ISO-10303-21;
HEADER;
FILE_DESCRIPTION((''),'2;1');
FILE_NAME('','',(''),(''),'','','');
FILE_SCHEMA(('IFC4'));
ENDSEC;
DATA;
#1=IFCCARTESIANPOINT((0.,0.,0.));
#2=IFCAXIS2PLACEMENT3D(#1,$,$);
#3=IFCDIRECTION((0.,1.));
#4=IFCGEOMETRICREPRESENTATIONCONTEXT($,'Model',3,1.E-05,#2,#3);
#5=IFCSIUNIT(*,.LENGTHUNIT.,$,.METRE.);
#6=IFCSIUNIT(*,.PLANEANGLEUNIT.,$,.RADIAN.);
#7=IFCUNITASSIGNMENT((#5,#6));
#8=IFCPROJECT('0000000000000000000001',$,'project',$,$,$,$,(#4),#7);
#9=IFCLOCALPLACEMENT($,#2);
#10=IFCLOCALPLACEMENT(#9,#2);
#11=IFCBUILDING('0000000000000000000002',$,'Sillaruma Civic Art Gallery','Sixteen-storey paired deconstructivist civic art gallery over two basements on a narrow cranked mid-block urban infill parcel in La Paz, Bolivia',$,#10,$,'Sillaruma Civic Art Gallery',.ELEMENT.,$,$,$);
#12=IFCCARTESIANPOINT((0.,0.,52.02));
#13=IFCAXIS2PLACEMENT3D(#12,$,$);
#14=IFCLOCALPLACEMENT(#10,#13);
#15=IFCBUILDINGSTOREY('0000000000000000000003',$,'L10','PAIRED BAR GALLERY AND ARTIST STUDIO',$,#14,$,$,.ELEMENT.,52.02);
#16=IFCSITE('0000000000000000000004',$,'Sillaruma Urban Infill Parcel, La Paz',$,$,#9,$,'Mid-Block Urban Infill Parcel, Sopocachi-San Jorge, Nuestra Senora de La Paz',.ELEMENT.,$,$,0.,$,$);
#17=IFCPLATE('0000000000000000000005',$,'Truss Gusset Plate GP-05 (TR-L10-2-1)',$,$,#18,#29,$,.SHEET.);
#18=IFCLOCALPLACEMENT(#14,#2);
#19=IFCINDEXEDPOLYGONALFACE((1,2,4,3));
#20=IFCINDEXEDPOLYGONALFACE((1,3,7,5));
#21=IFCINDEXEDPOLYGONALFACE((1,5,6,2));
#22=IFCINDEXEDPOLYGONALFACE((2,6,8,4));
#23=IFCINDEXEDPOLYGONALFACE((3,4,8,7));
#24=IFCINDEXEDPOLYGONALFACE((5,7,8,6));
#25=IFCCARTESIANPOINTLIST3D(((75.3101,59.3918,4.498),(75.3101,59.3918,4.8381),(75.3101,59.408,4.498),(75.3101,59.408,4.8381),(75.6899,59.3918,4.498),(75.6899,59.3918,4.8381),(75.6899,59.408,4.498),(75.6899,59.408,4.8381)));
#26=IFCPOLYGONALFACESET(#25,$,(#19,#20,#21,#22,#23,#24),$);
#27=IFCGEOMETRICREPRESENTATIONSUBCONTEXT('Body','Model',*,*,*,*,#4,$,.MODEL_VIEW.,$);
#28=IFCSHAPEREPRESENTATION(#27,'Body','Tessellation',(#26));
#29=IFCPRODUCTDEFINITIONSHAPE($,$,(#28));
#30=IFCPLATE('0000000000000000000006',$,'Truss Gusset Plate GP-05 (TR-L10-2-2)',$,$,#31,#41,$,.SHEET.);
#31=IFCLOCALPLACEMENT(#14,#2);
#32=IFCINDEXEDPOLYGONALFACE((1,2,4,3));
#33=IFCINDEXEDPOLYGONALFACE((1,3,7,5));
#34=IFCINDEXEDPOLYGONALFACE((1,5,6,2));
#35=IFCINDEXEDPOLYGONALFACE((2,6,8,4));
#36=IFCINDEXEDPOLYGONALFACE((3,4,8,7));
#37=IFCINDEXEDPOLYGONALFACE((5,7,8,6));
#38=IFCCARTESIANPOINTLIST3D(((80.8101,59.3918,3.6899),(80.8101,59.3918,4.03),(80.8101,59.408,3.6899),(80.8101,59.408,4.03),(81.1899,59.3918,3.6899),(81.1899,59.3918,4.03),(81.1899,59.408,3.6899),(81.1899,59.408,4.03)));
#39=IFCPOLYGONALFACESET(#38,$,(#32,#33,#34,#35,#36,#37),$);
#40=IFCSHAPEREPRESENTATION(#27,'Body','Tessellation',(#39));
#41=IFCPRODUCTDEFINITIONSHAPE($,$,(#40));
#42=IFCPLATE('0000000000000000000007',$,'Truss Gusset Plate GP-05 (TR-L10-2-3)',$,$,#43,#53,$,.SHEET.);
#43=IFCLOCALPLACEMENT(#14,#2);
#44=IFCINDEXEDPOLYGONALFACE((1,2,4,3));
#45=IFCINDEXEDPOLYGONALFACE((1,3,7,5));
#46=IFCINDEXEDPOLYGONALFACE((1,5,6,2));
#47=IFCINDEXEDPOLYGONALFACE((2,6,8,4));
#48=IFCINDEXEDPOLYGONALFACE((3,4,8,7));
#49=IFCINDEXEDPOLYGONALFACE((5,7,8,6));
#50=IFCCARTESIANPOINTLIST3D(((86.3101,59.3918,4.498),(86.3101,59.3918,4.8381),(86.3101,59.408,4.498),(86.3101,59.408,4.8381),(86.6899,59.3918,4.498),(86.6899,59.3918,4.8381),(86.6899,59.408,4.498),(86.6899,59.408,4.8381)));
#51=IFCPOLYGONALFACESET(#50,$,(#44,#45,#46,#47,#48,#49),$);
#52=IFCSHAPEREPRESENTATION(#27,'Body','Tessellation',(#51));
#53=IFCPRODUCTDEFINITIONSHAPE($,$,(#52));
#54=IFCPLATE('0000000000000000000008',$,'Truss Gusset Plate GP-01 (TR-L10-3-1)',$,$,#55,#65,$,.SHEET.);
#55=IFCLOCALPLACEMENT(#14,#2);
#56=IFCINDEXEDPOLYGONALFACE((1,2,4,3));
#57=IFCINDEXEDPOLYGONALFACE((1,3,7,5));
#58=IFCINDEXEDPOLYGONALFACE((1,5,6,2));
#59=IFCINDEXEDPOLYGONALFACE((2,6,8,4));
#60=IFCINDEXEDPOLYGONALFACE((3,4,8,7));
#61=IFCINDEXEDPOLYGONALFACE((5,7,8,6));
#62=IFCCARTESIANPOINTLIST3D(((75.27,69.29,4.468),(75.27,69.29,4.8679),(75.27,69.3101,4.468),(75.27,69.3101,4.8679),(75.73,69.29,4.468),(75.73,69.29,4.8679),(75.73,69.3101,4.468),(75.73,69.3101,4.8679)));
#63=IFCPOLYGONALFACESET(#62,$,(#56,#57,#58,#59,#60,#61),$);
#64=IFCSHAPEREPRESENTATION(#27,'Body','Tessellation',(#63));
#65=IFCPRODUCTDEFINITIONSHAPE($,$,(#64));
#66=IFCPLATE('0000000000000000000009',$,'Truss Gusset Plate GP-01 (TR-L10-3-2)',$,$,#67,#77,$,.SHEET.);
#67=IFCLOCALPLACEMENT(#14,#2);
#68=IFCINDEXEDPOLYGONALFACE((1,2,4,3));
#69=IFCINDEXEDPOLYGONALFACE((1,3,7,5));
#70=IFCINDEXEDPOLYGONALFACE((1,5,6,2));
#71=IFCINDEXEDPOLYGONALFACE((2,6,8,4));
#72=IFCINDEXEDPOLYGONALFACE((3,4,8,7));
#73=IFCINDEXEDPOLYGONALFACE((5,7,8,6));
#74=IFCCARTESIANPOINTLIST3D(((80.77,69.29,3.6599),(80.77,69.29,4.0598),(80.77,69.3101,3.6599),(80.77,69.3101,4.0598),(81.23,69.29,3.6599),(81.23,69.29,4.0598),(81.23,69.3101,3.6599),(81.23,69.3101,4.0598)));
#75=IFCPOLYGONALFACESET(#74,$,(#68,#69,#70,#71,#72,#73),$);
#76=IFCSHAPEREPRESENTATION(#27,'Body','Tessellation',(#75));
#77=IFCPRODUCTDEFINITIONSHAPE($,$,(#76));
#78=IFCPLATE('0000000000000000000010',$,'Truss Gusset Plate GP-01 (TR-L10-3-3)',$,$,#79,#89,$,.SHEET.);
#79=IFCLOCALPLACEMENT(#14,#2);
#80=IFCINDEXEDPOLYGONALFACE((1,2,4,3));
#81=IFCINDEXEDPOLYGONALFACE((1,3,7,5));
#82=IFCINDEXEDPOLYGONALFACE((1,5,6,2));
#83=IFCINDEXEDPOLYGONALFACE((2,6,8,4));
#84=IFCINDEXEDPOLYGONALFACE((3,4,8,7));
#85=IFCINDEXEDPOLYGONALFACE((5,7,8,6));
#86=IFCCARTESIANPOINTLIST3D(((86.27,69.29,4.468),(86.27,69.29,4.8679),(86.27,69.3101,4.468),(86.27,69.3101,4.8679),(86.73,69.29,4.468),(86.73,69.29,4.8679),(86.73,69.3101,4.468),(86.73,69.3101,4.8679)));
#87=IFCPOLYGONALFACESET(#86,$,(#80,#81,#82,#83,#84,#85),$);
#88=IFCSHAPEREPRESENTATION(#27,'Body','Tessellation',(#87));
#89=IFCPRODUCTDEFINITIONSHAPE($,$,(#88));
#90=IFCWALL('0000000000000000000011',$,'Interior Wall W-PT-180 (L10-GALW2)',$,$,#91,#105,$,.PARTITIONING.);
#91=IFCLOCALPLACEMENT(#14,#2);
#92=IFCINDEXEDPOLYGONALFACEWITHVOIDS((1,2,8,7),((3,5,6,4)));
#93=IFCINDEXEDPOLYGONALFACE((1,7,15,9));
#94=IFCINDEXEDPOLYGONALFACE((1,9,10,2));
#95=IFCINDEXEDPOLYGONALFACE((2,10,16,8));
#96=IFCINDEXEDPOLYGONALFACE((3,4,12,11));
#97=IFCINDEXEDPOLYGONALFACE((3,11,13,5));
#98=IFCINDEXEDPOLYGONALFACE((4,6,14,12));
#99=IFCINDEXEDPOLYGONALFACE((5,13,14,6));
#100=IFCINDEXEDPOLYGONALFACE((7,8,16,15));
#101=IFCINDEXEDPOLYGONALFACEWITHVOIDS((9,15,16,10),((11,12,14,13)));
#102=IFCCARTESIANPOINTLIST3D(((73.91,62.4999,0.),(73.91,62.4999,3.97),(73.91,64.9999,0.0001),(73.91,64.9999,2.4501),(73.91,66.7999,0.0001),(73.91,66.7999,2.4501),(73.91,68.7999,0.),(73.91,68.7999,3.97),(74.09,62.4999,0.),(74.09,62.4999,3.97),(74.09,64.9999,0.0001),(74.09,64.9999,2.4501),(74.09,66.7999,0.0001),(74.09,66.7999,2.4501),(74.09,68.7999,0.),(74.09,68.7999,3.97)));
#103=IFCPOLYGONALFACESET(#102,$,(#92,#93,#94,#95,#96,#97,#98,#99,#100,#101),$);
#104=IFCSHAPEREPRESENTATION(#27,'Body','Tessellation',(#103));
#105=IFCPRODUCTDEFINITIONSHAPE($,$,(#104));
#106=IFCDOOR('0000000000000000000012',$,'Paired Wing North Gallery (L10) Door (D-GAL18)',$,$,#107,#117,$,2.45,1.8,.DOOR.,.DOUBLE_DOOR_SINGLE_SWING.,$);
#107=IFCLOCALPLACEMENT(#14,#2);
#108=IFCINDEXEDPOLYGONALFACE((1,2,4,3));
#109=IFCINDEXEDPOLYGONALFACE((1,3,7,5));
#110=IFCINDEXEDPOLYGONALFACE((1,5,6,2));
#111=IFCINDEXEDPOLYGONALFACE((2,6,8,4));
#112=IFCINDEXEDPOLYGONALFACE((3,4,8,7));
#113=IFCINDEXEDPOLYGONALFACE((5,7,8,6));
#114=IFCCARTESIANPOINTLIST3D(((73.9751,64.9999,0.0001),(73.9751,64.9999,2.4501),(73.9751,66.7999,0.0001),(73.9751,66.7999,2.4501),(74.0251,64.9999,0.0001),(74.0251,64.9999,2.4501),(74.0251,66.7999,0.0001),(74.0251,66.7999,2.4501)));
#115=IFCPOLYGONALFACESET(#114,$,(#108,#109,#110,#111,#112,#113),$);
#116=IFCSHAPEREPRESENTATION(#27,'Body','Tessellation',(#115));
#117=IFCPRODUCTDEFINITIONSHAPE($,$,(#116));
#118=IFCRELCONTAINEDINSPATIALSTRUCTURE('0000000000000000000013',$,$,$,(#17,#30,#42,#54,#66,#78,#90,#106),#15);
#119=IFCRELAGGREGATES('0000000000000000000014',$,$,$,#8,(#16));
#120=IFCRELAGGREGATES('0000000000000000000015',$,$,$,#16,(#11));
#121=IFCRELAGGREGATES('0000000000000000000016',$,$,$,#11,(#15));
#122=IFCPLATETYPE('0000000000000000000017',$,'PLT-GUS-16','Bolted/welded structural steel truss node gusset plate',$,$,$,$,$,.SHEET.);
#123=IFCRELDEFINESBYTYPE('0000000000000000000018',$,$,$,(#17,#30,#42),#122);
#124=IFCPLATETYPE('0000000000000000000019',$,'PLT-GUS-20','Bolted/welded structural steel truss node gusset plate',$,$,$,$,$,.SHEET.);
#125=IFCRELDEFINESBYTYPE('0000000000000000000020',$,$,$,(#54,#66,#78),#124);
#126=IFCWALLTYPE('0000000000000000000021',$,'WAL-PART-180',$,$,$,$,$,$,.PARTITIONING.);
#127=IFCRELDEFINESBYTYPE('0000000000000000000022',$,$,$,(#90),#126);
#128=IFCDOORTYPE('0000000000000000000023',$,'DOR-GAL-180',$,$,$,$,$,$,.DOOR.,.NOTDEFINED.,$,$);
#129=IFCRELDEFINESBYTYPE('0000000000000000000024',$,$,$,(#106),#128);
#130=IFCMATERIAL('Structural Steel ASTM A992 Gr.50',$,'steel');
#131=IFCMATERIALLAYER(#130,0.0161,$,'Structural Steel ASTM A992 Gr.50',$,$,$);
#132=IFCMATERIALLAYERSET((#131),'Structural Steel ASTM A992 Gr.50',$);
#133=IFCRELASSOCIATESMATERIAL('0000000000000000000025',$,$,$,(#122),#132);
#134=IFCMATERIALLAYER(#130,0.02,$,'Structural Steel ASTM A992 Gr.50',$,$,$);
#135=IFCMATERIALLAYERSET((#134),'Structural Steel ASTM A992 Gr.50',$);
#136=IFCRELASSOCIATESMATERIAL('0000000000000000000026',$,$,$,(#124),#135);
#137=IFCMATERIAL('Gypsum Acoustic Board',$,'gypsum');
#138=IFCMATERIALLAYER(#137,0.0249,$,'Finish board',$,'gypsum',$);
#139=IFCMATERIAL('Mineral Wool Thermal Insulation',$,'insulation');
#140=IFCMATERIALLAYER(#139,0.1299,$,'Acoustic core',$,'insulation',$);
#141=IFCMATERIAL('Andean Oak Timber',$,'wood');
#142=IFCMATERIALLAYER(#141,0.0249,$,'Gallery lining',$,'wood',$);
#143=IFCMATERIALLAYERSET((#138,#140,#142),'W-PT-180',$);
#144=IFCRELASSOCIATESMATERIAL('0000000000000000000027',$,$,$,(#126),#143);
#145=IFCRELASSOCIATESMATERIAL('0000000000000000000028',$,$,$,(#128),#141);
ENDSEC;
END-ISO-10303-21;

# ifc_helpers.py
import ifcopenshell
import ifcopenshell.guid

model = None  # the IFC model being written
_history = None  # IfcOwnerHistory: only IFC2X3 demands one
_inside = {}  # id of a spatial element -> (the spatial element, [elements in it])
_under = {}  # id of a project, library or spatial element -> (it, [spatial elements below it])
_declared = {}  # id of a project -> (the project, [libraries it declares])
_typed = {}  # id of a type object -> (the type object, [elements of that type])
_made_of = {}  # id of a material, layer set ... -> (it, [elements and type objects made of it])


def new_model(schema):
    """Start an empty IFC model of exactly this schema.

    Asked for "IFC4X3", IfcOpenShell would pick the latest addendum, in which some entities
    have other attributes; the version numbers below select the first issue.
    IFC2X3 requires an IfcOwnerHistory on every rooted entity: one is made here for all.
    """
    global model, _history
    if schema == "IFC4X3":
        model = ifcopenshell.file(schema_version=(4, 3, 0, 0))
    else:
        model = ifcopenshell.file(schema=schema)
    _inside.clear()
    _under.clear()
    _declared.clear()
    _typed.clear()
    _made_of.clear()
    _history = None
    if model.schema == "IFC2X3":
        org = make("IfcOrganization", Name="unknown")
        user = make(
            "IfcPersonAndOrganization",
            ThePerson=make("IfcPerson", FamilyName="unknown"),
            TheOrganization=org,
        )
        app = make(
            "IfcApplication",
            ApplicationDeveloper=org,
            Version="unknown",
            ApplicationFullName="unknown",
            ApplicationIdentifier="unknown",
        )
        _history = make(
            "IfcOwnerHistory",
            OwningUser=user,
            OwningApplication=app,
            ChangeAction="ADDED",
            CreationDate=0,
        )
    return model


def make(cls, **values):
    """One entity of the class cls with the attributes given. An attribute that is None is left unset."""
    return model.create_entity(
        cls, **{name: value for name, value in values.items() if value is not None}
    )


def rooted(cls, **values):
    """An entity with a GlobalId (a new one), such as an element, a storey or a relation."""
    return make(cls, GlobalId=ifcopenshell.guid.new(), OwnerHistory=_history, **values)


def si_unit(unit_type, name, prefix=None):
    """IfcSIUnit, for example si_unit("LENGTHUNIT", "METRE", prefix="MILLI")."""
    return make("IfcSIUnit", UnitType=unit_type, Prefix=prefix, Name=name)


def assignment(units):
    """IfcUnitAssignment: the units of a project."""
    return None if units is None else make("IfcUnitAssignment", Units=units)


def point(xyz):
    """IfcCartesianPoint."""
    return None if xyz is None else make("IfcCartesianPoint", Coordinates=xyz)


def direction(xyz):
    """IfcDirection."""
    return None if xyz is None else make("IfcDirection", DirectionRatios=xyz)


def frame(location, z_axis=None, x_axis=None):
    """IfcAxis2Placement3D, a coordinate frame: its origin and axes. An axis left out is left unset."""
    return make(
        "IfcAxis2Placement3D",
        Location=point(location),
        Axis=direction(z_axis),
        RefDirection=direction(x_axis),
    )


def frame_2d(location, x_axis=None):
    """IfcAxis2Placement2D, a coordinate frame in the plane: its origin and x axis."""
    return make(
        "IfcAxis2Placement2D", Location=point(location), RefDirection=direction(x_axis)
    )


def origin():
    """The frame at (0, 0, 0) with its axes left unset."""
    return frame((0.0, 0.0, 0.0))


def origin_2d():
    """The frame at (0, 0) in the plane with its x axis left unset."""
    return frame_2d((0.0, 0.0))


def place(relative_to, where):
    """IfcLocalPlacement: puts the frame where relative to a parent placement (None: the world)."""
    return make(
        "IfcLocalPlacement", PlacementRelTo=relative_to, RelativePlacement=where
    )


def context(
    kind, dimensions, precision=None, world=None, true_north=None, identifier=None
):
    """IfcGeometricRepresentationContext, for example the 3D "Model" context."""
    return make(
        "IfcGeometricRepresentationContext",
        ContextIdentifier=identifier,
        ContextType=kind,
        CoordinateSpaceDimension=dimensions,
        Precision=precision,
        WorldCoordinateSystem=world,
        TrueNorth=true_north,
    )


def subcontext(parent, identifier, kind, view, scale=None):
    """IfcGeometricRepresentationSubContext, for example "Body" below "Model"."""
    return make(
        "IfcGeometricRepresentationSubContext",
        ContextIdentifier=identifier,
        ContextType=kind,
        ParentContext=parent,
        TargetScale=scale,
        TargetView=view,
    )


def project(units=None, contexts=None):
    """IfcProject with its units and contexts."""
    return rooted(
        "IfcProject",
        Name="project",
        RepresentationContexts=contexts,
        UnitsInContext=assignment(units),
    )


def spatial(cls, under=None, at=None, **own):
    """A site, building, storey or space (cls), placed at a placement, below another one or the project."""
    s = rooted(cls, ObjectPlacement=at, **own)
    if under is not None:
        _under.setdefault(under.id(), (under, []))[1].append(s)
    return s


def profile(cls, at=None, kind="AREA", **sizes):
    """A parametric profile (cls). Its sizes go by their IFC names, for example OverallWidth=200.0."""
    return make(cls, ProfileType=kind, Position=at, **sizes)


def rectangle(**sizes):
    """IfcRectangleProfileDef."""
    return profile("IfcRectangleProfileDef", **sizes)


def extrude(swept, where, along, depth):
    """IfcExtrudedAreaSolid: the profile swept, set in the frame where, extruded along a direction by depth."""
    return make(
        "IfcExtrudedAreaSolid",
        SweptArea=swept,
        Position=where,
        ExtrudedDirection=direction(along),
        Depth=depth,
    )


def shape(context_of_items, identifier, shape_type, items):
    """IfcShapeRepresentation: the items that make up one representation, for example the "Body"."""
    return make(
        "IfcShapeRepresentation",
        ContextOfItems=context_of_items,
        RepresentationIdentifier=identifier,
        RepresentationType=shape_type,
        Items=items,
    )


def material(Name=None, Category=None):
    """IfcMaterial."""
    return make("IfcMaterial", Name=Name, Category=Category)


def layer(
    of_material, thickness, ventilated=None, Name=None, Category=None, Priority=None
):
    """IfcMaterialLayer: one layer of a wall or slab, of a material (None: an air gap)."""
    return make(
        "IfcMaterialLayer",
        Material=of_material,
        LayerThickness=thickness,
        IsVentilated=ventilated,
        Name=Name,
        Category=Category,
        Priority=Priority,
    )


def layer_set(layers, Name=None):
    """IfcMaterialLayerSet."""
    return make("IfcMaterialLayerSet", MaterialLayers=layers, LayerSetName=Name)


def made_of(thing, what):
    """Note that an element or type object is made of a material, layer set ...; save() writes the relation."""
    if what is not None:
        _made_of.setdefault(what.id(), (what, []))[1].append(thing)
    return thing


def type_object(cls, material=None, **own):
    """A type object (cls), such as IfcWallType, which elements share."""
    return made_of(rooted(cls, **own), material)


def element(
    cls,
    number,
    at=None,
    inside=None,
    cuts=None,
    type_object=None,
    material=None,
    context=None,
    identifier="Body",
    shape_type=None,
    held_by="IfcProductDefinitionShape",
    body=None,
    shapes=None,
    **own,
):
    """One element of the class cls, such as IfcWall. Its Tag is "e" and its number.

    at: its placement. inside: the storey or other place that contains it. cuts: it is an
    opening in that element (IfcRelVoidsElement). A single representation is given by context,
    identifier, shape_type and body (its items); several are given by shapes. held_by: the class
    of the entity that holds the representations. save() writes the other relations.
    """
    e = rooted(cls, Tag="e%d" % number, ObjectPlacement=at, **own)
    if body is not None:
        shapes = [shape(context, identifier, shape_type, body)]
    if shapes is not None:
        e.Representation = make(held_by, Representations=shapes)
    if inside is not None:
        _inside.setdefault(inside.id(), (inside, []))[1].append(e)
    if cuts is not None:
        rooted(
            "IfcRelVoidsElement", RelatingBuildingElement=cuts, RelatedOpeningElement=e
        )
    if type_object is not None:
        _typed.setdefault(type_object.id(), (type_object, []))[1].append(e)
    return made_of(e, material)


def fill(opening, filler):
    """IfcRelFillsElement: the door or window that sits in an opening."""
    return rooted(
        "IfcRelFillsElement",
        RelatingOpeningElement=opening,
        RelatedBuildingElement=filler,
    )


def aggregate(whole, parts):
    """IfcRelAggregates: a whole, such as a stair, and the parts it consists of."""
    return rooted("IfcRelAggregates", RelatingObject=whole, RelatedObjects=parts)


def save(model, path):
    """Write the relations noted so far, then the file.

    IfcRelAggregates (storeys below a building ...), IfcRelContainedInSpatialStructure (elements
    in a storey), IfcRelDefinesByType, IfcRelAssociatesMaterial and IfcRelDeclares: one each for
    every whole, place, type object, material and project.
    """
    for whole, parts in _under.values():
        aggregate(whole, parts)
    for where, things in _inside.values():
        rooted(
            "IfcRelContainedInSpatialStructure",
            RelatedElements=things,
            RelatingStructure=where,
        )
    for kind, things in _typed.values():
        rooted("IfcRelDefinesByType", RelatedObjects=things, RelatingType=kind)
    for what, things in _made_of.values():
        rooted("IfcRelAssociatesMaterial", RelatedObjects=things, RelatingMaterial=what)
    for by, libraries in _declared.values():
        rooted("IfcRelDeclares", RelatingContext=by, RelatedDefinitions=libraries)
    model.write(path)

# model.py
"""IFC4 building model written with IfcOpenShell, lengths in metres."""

from ifc_helpers import new_model, si_unit, direction, frame, frame_2d, origin, origin_2d, place, context, subcontext, project, spatial, rectangle, extrude, material, layer, layer_set, type_object, element, fill, save


model = new_model("IFC4")

# Units and contexts
model_context = context("Model", 3, precision=1e-05, world=origin(), true_north=direction((0.0, 1.0)))
body_context = subcontext(model_context, "Body", "Model", "MODEL_VIEW")
ifc_project = project(units=[si_unit("LENGTHUNIT", "METRE"), si_unit("PLANEANGLEUNIT", "RADIAN")], contexts=[model_context])

# Site, building, storey
site_placement = place(None, origin())
site = spatial("IfcSite", under=ifc_project, at=site_placement, Name="Sillaruma Urban Infill Parcel, La Paz", LongName="Mid-Block Urban Infill Parcel, Sopocachi-San Jorge, Nuestra Senora de La Paz", CompositionType="ELEMENT", RefElevation=0.0)
building_placement = place(site_placement, origin())
building = spatial("IfcBuilding", under=site, at=building_placement, Name="Sillaruma Civic Art Gallery", Description="Sixteen-storey paired deconstructivist civic art gallery over two basements on a narrow cranked mid-block urban infill parcel in La Paz, Bolivia", LongName="Sillaruma Civic Art Gallery", CompositionType="ELEMENT")
storey_placement = place(building_placement, frame((0.0, 0.0, 52.02)))
storey = spatial("IfcBuildingStorey", under=building, at=storey_placement, Name="L10", Description="PAIRED BAR GALLERY AND ARTIST STUDIO", CompositionType="ELEMENT", Elevation=52.02)

# Shared definitions
ifc_material_1 = material(Name="Structural Steel ASTM A992 Gr.50", Category="steel")

# Plates
ifc_layer_1 = layer(ifc_material_1, 0.0161, Name="Structural Steel ASTM A992 Gr.50")
ifc_layer_set_1 = layer_set([ifc_layer_1], Name="Structural Steel ASTM A992 Gr.50")
plate_type_1 = type_object("IfcPlateType", Name="PLT-GUS-16", Description="Bolted/welded structural steel truss node gusset plate", PredefinedType="SHEET", material=ifc_layer_set_1)
for number, where, z_axis, x_axis, name in (
    (1, (75.5, 59.3999, 4.498), (0.0, 0.0, 1.0), (1.0, 0.0, 0.0), "Truss Gusset Plate GP-05 (TR-L10-2-1)"),
    (2, (81.0, 59.3999, 3.6899), (0.0, 0.0, 1.0), (1.0, 0.0, 0.0), "Truss Gusset Plate GP-05 (TR-L10-2-2)"),
    (3, (86.5, 59.3999, 4.498), (0.0, 0.0, 1.0), (1.0, 0.0, 0.0), "Truss Gusset Plate GP-05 (TR-L10-2-3)"),
):
    element("IfcPlate", number, at=place(storey_placement, frame(where, z_axis=z_axis, x_axis=x_axis)), inside=storey, type_object=plate_type_1, Name=name, PredefinedType="SHEET", context=body_context, shape_type="SweptSolid", body=[
        extrude(rectangle(XDim=0.3799, YDim=0.0161, at=origin_2d()), origin(), (0.0, 0.0, 1.0), 0.3401),
    ])
ifc_layer_2 = layer(ifc_material_1, 0.02, Name="Structural Steel ASTM A992 Gr.50")
ifc_layer_set_2 = layer_set([ifc_layer_2], Name="Structural Steel ASTM A992 Gr.50")
plate_type_2 = type_object("IfcPlateType", Name="PLT-GUS-20", Description="Bolted/welded structural steel truss node gusset plate", PredefinedType="SHEET", material=ifc_layer_set_2)
for number, where, z_axis, x_axis, name in (
    (4, (75.5, 69.3, 4.468), (0.0, 0.0, 1.0), (1.0, 0.0, 0.0), "Truss Gusset Plate GP-01 (TR-L10-3-1)"),
    (5, (81.0, 69.3, 3.6599), (0.0, 0.0, 1.0), (1.0, 0.0, 0.0), "Truss Gusset Plate GP-01 (TR-L10-3-2)"),
    (6, (86.5, 69.3, 4.468), (0.0, 0.0, 1.0), (1.0, 0.0, 0.0), "Truss Gusset Plate GP-01 (TR-L10-3-3)"),
):
    element("IfcPlate", number, at=place(storey_placement, frame(where, z_axis=z_axis, x_axis=x_axis)), inside=storey, type_object=plate_type_2, Name=name, PredefinedType="SHEET", context=body_context, shape_type="SweptSolid", body=[
        extrude(rectangle(XDim=0.46, YDim=0.02, at=origin_2d()), origin(), (0.0, 0.0, 1.0), 0.3999),
    ])

# Wall, opening, door
ifc_material_2 = material(Name="Gypsum Acoustic Board", Category="gypsum")
ifc_layer_3 = layer(ifc_material_2, 0.0249, Name="Finish board", Category="gypsum")
ifc_material_3 = material(Name="Mineral Wool Thermal Insulation", Category="insulation")
ifc_layer_4 = layer(ifc_material_3, 0.1299, Name="Acoustic core", Category="insulation")
ifc_material_4 = material(Name="Andean Oak Timber", Category="wood")
ifc_layer_5 = layer(ifc_material_4, 0.0249, Name="Gallery lining", Category="wood")
ifc_layer_set_3 = layer_set([ifc_layer_3, ifc_layer_4, ifc_layer_5], Name="W-PT-180")
wall_type = type_object("IfcWallType", Name="WAL-PART-180", PredefinedType="PARTITIONING", material=ifc_layer_set_3)
wall_placement = place(storey_placement, frame((74.0, 62.5, 0.0), z_axis=(0.0, 0.0, 1.0), x_axis=(0.0, 1.0, 0.0)))
wall = element("IfcWall", 7, at=wall_placement, inside=storey, type_object=wall_type, Name="Interior Wall W-PT-180 (L10-GALW2)", PredefinedType="PARTITIONING", context=body_context, shape_type="SweptSolid", body=[
    extrude(rectangle(XDim=6.3, YDim=0.1799, at=frame_2d((3.1499, 0.0))), origin(), (0.0, 0.0, 1.0), 3.97),
])
opening_placement = place(wall_placement, frame((2.5, 0.0, 0.0)))
opening = element("IfcOpeningElement", 8, at=opening_placement, cuts=wall, PredefinedType="OPENING", context=body_context, shape_type="SweptSolid", body=[
    extrude(rectangle(XDim=1.8, YDim=2.45, at=frame_2d((0.8999, 1.2251))), frame((0.0, 0.0999, 0.0), z_axis=(0.0, -1.0, 0.0), x_axis=(1.0, 0.0, 0.0)), (0.0, 0.0, 1.0), 0.2),
])
door_type = type_object("IfcDoorType", Name="DOR-GAL-180", OperationType="NOTDEFINED", PredefinedType="DOOR", material=ifc_material_4)
door_placement = place(opening_placement, origin())
door = element("IfcDoor", 9, at=door_placement, inside=storey, type_object=door_type, Name="Paired Wing North Gallery (L10) Door (D-GAL18)", OperationType="DOUBLE_DOOR_SINGLE_SWING", OverallHeight=2.45, OverallWidth=1.8, PredefinedType="DOOR", context=body_context, shape_type="SweptSolid", body=[
    extrude(rectangle(XDim=1.8, YDim=2.45, at=frame_2d((0.8999, 1.2251))), frame((0.0, 0.0249, 0.0), z_axis=(0.0, -1.0, 0.0), x_axis=(1.0, 0.0, 0.0)), (0.0, 0.0, 1.0), 0.05),
])
fill(opening, door)

save(model, "model.ifc")
